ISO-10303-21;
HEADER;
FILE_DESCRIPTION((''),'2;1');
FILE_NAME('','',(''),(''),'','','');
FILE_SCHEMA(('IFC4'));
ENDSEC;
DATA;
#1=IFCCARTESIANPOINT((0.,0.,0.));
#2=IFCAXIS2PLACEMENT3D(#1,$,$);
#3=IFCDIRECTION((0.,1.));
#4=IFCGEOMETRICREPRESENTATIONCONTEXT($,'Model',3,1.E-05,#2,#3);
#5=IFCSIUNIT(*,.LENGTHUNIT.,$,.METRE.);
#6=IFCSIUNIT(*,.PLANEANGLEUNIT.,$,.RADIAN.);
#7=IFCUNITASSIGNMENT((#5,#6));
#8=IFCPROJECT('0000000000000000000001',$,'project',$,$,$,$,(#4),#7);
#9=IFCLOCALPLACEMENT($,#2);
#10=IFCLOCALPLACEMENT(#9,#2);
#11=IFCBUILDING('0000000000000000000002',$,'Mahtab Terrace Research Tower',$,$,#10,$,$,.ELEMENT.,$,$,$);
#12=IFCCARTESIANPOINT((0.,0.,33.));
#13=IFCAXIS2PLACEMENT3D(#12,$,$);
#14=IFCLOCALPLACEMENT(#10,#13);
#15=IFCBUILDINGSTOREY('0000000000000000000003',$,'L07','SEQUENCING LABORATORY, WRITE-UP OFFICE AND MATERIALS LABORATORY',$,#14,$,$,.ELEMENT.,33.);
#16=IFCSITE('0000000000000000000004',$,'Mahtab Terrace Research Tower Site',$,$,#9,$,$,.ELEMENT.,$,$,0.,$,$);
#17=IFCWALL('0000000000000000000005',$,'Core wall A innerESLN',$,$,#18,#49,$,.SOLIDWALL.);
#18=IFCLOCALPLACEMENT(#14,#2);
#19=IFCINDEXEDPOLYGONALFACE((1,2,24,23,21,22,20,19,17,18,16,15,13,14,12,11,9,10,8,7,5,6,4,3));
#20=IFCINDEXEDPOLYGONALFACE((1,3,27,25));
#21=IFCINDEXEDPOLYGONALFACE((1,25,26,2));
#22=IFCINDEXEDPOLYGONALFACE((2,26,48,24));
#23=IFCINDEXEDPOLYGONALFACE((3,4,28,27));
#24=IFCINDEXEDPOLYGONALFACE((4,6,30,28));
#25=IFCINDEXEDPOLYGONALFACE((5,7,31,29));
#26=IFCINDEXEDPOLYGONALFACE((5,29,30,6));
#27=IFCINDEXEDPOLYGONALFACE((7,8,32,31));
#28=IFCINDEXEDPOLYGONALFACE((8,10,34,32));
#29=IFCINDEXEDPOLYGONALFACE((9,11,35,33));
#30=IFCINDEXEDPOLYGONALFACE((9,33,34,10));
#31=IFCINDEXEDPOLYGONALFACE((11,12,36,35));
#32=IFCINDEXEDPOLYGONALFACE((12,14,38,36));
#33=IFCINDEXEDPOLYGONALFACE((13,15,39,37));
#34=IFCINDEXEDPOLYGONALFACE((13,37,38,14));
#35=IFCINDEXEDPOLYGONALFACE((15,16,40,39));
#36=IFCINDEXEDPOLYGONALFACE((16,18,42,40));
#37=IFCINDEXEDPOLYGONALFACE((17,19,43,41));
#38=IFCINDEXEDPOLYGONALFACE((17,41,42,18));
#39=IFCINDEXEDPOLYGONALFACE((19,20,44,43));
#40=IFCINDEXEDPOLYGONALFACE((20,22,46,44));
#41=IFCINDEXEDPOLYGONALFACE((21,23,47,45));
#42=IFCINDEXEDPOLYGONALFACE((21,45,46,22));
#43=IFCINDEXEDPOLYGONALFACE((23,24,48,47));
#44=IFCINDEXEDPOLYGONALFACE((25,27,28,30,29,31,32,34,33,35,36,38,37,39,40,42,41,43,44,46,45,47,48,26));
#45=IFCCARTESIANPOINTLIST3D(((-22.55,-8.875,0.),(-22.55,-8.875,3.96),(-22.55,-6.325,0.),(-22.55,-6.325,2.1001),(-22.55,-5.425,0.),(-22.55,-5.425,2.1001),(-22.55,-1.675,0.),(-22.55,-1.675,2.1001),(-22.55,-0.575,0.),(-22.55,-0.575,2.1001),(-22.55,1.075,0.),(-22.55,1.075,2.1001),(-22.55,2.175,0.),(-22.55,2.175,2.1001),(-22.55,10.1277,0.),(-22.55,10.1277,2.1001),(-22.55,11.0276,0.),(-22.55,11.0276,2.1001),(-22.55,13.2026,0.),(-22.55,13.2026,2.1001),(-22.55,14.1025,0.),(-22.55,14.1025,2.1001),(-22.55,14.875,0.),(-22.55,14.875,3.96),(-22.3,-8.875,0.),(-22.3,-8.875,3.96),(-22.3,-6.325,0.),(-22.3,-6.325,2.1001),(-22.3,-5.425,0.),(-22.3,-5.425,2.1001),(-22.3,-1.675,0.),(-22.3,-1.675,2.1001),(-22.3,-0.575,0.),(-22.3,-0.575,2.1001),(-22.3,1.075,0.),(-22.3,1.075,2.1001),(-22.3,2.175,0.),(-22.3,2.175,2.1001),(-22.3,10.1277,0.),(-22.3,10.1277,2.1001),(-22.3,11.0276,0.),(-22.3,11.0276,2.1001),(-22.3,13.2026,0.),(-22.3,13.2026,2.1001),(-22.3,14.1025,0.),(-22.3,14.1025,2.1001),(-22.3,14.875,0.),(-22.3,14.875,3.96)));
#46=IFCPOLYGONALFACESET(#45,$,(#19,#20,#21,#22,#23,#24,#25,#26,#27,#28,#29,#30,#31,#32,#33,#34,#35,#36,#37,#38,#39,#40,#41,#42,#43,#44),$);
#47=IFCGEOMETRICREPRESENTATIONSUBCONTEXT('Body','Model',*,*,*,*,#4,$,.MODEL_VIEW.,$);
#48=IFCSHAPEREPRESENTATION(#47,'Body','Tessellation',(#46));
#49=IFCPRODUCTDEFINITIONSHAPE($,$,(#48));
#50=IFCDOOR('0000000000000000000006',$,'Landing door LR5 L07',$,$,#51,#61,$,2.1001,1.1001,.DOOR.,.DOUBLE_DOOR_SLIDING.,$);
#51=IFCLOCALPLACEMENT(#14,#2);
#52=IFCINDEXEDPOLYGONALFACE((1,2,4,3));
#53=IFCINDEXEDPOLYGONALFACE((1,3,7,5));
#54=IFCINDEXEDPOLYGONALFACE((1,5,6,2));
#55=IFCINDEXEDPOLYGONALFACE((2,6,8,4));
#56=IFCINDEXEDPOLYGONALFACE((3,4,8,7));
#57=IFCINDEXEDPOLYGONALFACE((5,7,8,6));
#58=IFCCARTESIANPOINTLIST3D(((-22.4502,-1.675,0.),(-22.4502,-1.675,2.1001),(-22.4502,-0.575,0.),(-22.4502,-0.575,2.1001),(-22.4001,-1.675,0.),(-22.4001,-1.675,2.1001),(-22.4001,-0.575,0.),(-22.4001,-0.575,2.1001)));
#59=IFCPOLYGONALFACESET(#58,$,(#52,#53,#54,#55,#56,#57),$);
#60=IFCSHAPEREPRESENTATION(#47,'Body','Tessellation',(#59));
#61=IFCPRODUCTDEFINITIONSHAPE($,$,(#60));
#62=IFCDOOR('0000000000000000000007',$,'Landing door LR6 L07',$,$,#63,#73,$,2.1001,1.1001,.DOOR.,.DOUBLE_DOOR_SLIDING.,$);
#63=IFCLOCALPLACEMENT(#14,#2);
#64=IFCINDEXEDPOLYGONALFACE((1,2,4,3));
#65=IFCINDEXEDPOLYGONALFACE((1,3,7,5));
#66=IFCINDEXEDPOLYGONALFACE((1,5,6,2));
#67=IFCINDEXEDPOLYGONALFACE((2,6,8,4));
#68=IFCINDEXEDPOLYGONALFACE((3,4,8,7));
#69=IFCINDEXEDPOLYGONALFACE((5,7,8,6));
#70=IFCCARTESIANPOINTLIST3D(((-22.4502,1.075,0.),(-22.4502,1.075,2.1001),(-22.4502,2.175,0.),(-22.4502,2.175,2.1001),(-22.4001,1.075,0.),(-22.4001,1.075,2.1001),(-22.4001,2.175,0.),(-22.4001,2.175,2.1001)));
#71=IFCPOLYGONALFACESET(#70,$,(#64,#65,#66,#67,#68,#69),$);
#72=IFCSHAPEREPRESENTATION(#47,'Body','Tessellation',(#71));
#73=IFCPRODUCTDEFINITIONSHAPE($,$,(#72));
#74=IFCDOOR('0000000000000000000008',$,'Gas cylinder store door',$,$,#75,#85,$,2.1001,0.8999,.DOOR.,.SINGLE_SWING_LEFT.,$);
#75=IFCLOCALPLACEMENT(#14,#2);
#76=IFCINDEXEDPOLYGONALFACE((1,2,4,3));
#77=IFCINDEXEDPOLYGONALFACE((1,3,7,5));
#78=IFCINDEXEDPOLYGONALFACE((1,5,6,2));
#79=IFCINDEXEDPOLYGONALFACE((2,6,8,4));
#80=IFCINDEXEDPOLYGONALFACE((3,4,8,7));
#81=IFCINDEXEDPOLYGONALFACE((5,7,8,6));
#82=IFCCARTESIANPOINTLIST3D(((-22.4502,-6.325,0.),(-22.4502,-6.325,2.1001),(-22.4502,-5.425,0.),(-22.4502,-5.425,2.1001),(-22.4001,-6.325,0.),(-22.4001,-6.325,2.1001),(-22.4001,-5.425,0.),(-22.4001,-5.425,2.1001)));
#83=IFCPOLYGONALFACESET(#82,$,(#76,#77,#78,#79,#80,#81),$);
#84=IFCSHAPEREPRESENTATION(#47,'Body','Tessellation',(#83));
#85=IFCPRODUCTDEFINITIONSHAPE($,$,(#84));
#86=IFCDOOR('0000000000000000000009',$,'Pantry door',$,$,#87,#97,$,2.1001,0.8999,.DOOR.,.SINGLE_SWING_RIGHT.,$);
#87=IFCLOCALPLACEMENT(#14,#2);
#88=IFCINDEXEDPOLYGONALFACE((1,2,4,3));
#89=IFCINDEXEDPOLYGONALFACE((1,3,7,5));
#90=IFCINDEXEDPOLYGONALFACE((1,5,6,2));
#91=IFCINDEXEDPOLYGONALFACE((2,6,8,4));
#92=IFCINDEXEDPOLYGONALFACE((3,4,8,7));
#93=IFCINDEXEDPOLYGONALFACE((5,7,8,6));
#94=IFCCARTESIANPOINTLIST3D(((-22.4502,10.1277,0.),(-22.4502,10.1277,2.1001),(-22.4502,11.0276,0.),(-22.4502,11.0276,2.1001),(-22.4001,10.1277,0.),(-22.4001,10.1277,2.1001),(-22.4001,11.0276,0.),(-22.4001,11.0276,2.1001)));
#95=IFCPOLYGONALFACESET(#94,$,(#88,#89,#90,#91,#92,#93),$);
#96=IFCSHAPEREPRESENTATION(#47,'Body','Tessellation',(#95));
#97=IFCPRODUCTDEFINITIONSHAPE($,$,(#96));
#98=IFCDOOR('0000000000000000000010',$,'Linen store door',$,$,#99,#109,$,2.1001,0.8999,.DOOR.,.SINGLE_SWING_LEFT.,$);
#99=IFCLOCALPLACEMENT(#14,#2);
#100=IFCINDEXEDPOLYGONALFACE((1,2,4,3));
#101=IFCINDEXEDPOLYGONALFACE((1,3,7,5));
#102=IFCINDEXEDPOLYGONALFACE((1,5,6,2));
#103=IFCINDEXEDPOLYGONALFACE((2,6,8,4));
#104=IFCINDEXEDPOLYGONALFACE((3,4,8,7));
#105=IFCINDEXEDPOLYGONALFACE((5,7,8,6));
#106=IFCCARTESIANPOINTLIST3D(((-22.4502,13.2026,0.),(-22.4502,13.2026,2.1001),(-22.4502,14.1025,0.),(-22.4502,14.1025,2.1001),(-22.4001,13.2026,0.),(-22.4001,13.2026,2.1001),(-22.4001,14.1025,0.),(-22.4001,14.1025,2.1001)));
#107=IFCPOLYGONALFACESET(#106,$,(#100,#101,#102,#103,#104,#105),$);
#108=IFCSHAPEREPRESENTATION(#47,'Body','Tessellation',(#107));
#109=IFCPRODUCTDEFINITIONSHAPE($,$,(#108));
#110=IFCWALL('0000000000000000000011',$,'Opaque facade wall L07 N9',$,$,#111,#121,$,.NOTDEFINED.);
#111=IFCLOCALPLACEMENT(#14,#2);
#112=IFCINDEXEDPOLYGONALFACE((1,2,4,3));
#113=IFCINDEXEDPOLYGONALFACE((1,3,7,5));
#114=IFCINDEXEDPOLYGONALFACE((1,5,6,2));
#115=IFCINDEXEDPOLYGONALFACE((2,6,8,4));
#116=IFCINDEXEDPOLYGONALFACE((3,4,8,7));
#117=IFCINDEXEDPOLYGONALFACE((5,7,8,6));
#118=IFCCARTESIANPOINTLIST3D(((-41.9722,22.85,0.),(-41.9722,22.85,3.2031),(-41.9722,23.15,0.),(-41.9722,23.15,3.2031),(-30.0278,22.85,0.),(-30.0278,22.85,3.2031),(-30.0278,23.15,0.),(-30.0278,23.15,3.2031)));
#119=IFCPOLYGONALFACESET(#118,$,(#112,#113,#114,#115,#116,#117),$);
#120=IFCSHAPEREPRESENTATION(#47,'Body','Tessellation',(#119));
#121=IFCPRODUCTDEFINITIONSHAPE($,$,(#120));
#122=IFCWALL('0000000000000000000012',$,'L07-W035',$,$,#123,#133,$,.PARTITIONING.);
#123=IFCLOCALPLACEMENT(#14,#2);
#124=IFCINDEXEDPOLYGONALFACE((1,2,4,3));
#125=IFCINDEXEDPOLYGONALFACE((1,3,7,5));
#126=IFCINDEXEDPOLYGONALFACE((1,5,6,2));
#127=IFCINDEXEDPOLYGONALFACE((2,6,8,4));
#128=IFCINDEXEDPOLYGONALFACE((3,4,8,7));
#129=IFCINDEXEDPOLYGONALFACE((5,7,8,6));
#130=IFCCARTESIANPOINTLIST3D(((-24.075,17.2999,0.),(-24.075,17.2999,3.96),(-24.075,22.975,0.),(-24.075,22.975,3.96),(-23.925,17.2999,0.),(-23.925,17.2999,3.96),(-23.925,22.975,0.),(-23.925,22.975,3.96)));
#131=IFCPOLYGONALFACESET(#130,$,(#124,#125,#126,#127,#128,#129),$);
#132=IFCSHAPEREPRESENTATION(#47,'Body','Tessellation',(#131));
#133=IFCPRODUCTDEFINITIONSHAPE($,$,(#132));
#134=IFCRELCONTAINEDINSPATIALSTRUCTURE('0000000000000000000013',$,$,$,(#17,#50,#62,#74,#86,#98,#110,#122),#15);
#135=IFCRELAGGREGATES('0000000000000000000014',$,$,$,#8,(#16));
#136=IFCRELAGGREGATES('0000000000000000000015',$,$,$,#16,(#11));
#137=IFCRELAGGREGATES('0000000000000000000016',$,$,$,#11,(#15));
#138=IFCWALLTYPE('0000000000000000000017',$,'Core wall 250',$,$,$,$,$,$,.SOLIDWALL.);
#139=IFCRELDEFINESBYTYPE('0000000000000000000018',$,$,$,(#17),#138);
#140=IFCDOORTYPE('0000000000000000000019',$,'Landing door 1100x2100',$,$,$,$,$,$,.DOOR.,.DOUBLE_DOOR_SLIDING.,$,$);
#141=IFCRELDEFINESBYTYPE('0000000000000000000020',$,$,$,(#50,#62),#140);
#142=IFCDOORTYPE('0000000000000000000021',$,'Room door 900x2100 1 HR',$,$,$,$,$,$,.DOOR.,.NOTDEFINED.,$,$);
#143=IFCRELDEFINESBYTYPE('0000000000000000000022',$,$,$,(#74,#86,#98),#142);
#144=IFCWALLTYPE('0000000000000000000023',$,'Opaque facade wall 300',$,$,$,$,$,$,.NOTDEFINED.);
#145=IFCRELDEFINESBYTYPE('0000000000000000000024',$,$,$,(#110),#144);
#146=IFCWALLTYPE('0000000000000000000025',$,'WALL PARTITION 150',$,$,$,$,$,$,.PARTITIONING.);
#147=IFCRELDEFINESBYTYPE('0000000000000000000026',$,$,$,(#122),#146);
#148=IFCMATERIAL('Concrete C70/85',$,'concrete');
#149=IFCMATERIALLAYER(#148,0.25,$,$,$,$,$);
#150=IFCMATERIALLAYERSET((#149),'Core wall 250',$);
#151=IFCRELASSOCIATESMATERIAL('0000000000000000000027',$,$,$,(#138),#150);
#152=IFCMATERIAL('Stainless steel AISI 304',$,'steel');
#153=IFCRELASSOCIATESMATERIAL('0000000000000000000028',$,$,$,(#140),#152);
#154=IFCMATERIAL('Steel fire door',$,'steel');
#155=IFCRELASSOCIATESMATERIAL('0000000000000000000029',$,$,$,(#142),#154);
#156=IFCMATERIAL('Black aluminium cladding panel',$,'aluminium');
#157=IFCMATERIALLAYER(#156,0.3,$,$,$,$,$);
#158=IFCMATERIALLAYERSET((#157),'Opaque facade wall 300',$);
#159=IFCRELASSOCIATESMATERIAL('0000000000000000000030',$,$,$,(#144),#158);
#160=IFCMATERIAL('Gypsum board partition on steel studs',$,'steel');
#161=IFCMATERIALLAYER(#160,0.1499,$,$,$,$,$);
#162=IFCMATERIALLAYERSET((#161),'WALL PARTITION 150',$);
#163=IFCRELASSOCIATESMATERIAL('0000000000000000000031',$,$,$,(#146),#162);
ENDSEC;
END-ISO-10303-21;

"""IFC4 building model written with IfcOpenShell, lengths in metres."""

from ifc_helpers import new_model, si_unit, direction, frame, frame_2d, origin, place, context, subcontext, project, spatial, rectangle, extrude, material, layer, layer_set, type_object, element, fill, save


model = new_model("IFC4")

# Units and contexts
model_context = context("Model", 3, precision=1e-05, world=origin(), true_north=direction((0.0, 1.0)))
body_context = subcontext(model_context, "Body", "Model", "MODEL_VIEW")
ifc_project = project(units=[si_unit("LENGTHUNIT", "METRE"), si_unit("PLANEANGLEUNIT", "RADIAN")], contexts=[model_context])

# Site, building, storey
site_placement = place(None, origin())
site = spatial("IfcSite", under=ifc_project, at=site_placement, Name="Mahtab Terrace Research Tower Site", CompositionType="ELEMENT", RefElevation=0.0)
building_placement = place(site_placement, origin())
building = spatial("IfcBuilding", under=site, at=building_placement, Name="Mahtab Terrace Research Tower", CompositionType="ELEMENT")
storey_placement = place(building_placement, frame((0.0, 0.0, 33.0)))
storey = spatial("IfcBuildingStorey", under=building, at=storey_placement, Name="L07", Description="SEQUENCING LABORATORY, WRITE-UP OFFICE AND MATERIALS LABORATORY", CompositionType="ELEMENT", Elevation=33.0)

# Shared definitions
ifc_material_1 = material(Name="Concrete C70/85", Category="concrete")
ifc_layer_1 = layer(ifc_material_1, 0.25)
ifc_layer_set_1 = layer_set([ifc_layer_1], Name="Core wall 250")
wall_type_1 = type_object("IfcWallType", Name="Core wall 250", PredefinedType="SOLIDWALL", material=ifc_layer_set_1)

# Shared definitions
ifc_material_2 = material(Name="Steel fire door", Category="steel")

# Wall, openings, doors
wall_1_placement = place(storey_placement, frame((-22.425, 14.875, 0.0), z_axis=(0.0, 0.0, 1.0), x_axis=(0.0, -1.0, 0.0)))
wall_1 = element("IfcWall", 1, at=wall_1_placement, inside=storey, type_object=wall_type_1, Name="Core wall A innerESLN", PredefinedType="SOLIDWALL", context=body_context, shape_type="SweptSolid", body=[
    extrude(rectangle(XDim=23.75, YDim=0.25, at=frame_2d((11.875, 0.0))), origin(), (0.0, 0.0, 1.0), 3.96),
])
opening_1_placement = place(wall_1_placement, frame((15.45, 0.0, 0.0)))
opening_1 = element("IfcOpeningElement", 2, at=opening_1_placement, cuts=wall_1, PredefinedType="OPENING", context=body_context, shape_type="SweptSolid", body=[
    extrude(rectangle(XDim=1.1001, YDim=2.1001, at=frame_2d((0.55, 1.05))), frame((0.0, 0.135, 0.0), z_axis=(0.0, -1.0, 0.0), x_axis=(1.0, 0.0, 0.0)), (0.0, 0.0, 1.0), 0.27),
])
opening_2_placement = place(wall_1_placement, frame((12.7, 0.0, 0.0)))
opening_2 = element("IfcOpeningElement", 3, at=opening_2_placement, cuts=wall_1, PredefinedType="OPENING", context=body_context, shape_type="SweptSolid", body=[
    extrude(rectangle(XDim=1.1001, YDim=2.1001, at=frame_2d((0.55, 1.05))), frame((0.0, 0.135, 0.0), z_axis=(0.0, -1.0, 0.0), x_axis=(1.0, 0.0, 0.0)), (0.0, 0.0, 1.0), 0.27),
])
opening_3_placement = place(wall_1_placement, frame((20.3, 0.0, 0.0)))
opening_3 = element("IfcOpeningElement", 4, at=opening_3_placement, cuts=wall_1, PredefinedType="OPENING", context=body_context, shape_type="SweptSolid", body=[
    extrude(rectangle(XDim=0.8999, YDim=2.1001, at=frame_2d((0.45, 1.05))), frame((0.0, 0.135, 0.0), z_axis=(0.0, -1.0, 0.0), x_axis=(1.0, 0.0, 0.0)), (0.0, 0.0, 1.0), 0.27),
])
opening_4_placement = place(wall_1_placement, frame((3.8474, 0.0, 0.0)))
opening_4 = element("IfcOpeningElement", 5, at=opening_4_placement, cuts=wall_1, PredefinedType="OPENING", context=body_context, shape_type="SweptSolid", body=[
    extrude(rectangle(XDim=0.8999, YDim=2.1001, at=frame_2d((0.45, 1.05))), frame((0.0, 0.135, 0.0), z_axis=(0.0, -1.0, 0.0), x_axis=(1.0, 0.0, 0.0)), (0.0, 0.0, 1.0), 0.27),
])
opening_5_placement = place(wall_1_placement, frame((0.7725, 0.0, 0.0)))
opening_5 = element("IfcOpeningElement", 6, at=opening_5_placement, cuts=wall_1, PredefinedType="OPENING", context=body_context, shape_type="SweptSolid", body=[
    extrude(rectangle(XDim=0.8999, YDim=2.1001, at=frame_2d((0.45, 1.05))), frame((0.0, 0.135, 0.0), z_axis=(0.0, -1.0, 0.0), x_axis=(1.0, 0.0, 0.0)), (0.0, 0.0, 1.0), 0.27),
])
ifc_material_3 = material(Name="Stainless steel AISI 304", Category="steel")
door_type_1 = type_object("IfcDoorType", Name="Landing door 1100x2100", OperationType="DOUBLE_DOOR_SLIDING", PredefinedType="DOOR", material=ifc_material_3)
door_1_placement = place(opening_1_placement, origin())
door_1 = element("IfcDoor", 7, at=door_1_placement, inside=storey, type_object=door_type_1, Name="Landing door LR5 L07", OperationType="DOUBLE_DOOR_SLIDING", OverallHeight=2.1001, OverallWidth=1.1001, PredefinedType="DOOR", context=body_context, shape_type="SweptSolid", body=[
    extrude(rectangle(XDim=1.1001, YDim=2.1001, at=frame_2d((0.55, 1.05))), frame((0.0, 0.0249, 0.0), z_axis=(0.0, -1.0, 0.0), x_axis=(1.0, 0.0, 0.0)), (0.0, 0.0, 1.0), 0.05),
])
fill(opening_1, door_1)
door_2_placement = place(opening_2_placement, origin())
door_2 = element("IfcDoor", 8, at=door_2_placement, inside=storey, type_object=door_type_1, Name="Landing door LR6 L07", OperationType="DOUBLE_DOOR_SLIDING", OverallHeight=2.1001, OverallWidth=1.1001, PredefinedType="DOOR", context=body_context, shape_type="SweptSolid", body=[
    extrude(rectangle(XDim=1.1001, YDim=2.1001, at=frame_2d((0.55, 1.05))), frame((0.0, 0.0249, 0.0), z_axis=(0.0, -1.0, 0.0), x_axis=(1.0, 0.0, 0.0)), (0.0, 0.0, 1.0), 0.05),
])
fill(opening_2, door_2)
door_type_2 = type_object("IfcDoorType", Name="Room door 900x2100 1 HR", OperationType="NOTDEFINED", PredefinedType="DOOR", material=ifc_material_2)
door_3_placement = place(opening_3_placement, origin())
door_3 = element("IfcDoor", 9, at=door_3_placement, inside=storey, type_object=door_type_2, Name="Gas cylinder store door", OperationType="SINGLE_SWING_LEFT", OverallHeight=2.1001, OverallWidth=0.8999, PredefinedType="DOOR", context=body_context, shape_type="SweptSolid", body=[
    extrude(rectangle(XDim=0.8999, YDim=2.1001, at=frame_2d((0.45, 1.05))), frame((0.0, 0.0249, 0.0), z_axis=(0.0, -1.0, 0.0), x_axis=(1.0, 0.0, 0.0)), (0.0, 0.0, 1.0), 0.05),
])
fill(opening_3, door_3)
door_4_placement = place(opening_4_placement, origin())
door_4 = element("IfcDoor", 10, at=door_4_placement, inside=storey, type_object=door_type_2, Name="Pantry door", OperationType="SINGLE_SWING_RIGHT", OverallHeight=2.1001, OverallWidth=0.8999, PredefinedType="DOOR", context=body_context, shape_type="SweptSolid", body=[
    extrude(rectangle(XDim=0.8999, YDim=2.1001, at=frame_2d((0.45, 1.05))), frame((0.0, 0.0249, 0.0), z_axis=(0.0, -1.0, 0.0), x_axis=(1.0, 0.0, 0.0)), (0.0, 0.0, 1.0), 0.05),
])
fill(opening_4, door_4)
door_5_placement = place(opening_5_placement, origin())
door_5 = element("IfcDoor", 11, at=door_5_placement, inside=storey, type_object=door_type_2, Name="Linen store door", OperationType="SINGLE_SWING_LEFT", OverallHeight=2.1001, OverallWidth=0.8999, PredefinedType="DOOR", context=body_context, shape_type="SweptSolid", body=[
    extrude(rectangle(XDim=0.8999, YDim=2.1001, at=frame_2d((0.45, 1.05))), frame((0.0, 0.0249, 0.0), z_axis=(0.0, -1.0, 0.0), x_axis=(1.0, 0.0, 0.0)), (0.0, 0.0, 1.0), 0.05),
])
fill(opening_5, door_5)

# Walls
ifc_material_4 = material(Name="Black aluminium cladding panel", Category="aluminium")
ifc_layer_2 = layer(ifc_material_4, 0.3)
ifc_layer_set_2 = layer_set([ifc_layer_2], Name="Opaque facade wall 300")
wall_type_2 = type_object("IfcWallType", Name="Opaque facade wall 300", PredefinedType="NOTDEFINED", material=ifc_layer_set_2)
wall_2_placement = place(storey_placement, frame((-30.0278, 23.0, 0.0), z_axis=(0.0, 0.0, 1.0), x_axis=(-1.0, 0.0, 0.0)))
element("IfcWall", 12, at=wall_2_placement, inside=storey, type_object=wall_type_2, Name="Opaque facade wall L07 N9", PredefinedType="NOTDEFINED", context=body_context, shape_type="SweptSolid", body=[
    extrude(rectangle(XDim=11.9443, YDim=0.3, at=frame_2d((5.9722, 0.0))), origin(), (0.0, 0.0, 1.0), 3.2031),
])
ifc_material_5 = material(Name="Gypsum board partition on steel studs", Category="steel")
ifc_layer_3 = layer(ifc_material_5, 0.1499)
ifc_layer_set_3 = layer_set([ifc_layer_3], Name="WALL PARTITION 150")
wall_type_3 = type_object("IfcWallType", Name="WALL PARTITION 150", PredefinedType="PARTITIONING", material=ifc_layer_set_3)
wall_3_placement = place(storey_placement, frame((-24.0, 17.3, 0.0), z_axis=(0.0, 0.0, 1.0), x_axis=(0.0, 1.0, 0.0)))
element("IfcWall", 13, at=wall_3_placement, inside=storey, type_object=wall_type_3, Name="L07-W035", PredefinedType="PARTITIONING", context=body_context, shape_type="SweptSolid", body=[
    extrude(rectangle(XDim=5.675, YDim=0.1499, at=frame_2d((2.8374, 0.0))), origin(), (0.0, 0.0, 1.0), 3.96),
])

save(model, "model.ifc")
